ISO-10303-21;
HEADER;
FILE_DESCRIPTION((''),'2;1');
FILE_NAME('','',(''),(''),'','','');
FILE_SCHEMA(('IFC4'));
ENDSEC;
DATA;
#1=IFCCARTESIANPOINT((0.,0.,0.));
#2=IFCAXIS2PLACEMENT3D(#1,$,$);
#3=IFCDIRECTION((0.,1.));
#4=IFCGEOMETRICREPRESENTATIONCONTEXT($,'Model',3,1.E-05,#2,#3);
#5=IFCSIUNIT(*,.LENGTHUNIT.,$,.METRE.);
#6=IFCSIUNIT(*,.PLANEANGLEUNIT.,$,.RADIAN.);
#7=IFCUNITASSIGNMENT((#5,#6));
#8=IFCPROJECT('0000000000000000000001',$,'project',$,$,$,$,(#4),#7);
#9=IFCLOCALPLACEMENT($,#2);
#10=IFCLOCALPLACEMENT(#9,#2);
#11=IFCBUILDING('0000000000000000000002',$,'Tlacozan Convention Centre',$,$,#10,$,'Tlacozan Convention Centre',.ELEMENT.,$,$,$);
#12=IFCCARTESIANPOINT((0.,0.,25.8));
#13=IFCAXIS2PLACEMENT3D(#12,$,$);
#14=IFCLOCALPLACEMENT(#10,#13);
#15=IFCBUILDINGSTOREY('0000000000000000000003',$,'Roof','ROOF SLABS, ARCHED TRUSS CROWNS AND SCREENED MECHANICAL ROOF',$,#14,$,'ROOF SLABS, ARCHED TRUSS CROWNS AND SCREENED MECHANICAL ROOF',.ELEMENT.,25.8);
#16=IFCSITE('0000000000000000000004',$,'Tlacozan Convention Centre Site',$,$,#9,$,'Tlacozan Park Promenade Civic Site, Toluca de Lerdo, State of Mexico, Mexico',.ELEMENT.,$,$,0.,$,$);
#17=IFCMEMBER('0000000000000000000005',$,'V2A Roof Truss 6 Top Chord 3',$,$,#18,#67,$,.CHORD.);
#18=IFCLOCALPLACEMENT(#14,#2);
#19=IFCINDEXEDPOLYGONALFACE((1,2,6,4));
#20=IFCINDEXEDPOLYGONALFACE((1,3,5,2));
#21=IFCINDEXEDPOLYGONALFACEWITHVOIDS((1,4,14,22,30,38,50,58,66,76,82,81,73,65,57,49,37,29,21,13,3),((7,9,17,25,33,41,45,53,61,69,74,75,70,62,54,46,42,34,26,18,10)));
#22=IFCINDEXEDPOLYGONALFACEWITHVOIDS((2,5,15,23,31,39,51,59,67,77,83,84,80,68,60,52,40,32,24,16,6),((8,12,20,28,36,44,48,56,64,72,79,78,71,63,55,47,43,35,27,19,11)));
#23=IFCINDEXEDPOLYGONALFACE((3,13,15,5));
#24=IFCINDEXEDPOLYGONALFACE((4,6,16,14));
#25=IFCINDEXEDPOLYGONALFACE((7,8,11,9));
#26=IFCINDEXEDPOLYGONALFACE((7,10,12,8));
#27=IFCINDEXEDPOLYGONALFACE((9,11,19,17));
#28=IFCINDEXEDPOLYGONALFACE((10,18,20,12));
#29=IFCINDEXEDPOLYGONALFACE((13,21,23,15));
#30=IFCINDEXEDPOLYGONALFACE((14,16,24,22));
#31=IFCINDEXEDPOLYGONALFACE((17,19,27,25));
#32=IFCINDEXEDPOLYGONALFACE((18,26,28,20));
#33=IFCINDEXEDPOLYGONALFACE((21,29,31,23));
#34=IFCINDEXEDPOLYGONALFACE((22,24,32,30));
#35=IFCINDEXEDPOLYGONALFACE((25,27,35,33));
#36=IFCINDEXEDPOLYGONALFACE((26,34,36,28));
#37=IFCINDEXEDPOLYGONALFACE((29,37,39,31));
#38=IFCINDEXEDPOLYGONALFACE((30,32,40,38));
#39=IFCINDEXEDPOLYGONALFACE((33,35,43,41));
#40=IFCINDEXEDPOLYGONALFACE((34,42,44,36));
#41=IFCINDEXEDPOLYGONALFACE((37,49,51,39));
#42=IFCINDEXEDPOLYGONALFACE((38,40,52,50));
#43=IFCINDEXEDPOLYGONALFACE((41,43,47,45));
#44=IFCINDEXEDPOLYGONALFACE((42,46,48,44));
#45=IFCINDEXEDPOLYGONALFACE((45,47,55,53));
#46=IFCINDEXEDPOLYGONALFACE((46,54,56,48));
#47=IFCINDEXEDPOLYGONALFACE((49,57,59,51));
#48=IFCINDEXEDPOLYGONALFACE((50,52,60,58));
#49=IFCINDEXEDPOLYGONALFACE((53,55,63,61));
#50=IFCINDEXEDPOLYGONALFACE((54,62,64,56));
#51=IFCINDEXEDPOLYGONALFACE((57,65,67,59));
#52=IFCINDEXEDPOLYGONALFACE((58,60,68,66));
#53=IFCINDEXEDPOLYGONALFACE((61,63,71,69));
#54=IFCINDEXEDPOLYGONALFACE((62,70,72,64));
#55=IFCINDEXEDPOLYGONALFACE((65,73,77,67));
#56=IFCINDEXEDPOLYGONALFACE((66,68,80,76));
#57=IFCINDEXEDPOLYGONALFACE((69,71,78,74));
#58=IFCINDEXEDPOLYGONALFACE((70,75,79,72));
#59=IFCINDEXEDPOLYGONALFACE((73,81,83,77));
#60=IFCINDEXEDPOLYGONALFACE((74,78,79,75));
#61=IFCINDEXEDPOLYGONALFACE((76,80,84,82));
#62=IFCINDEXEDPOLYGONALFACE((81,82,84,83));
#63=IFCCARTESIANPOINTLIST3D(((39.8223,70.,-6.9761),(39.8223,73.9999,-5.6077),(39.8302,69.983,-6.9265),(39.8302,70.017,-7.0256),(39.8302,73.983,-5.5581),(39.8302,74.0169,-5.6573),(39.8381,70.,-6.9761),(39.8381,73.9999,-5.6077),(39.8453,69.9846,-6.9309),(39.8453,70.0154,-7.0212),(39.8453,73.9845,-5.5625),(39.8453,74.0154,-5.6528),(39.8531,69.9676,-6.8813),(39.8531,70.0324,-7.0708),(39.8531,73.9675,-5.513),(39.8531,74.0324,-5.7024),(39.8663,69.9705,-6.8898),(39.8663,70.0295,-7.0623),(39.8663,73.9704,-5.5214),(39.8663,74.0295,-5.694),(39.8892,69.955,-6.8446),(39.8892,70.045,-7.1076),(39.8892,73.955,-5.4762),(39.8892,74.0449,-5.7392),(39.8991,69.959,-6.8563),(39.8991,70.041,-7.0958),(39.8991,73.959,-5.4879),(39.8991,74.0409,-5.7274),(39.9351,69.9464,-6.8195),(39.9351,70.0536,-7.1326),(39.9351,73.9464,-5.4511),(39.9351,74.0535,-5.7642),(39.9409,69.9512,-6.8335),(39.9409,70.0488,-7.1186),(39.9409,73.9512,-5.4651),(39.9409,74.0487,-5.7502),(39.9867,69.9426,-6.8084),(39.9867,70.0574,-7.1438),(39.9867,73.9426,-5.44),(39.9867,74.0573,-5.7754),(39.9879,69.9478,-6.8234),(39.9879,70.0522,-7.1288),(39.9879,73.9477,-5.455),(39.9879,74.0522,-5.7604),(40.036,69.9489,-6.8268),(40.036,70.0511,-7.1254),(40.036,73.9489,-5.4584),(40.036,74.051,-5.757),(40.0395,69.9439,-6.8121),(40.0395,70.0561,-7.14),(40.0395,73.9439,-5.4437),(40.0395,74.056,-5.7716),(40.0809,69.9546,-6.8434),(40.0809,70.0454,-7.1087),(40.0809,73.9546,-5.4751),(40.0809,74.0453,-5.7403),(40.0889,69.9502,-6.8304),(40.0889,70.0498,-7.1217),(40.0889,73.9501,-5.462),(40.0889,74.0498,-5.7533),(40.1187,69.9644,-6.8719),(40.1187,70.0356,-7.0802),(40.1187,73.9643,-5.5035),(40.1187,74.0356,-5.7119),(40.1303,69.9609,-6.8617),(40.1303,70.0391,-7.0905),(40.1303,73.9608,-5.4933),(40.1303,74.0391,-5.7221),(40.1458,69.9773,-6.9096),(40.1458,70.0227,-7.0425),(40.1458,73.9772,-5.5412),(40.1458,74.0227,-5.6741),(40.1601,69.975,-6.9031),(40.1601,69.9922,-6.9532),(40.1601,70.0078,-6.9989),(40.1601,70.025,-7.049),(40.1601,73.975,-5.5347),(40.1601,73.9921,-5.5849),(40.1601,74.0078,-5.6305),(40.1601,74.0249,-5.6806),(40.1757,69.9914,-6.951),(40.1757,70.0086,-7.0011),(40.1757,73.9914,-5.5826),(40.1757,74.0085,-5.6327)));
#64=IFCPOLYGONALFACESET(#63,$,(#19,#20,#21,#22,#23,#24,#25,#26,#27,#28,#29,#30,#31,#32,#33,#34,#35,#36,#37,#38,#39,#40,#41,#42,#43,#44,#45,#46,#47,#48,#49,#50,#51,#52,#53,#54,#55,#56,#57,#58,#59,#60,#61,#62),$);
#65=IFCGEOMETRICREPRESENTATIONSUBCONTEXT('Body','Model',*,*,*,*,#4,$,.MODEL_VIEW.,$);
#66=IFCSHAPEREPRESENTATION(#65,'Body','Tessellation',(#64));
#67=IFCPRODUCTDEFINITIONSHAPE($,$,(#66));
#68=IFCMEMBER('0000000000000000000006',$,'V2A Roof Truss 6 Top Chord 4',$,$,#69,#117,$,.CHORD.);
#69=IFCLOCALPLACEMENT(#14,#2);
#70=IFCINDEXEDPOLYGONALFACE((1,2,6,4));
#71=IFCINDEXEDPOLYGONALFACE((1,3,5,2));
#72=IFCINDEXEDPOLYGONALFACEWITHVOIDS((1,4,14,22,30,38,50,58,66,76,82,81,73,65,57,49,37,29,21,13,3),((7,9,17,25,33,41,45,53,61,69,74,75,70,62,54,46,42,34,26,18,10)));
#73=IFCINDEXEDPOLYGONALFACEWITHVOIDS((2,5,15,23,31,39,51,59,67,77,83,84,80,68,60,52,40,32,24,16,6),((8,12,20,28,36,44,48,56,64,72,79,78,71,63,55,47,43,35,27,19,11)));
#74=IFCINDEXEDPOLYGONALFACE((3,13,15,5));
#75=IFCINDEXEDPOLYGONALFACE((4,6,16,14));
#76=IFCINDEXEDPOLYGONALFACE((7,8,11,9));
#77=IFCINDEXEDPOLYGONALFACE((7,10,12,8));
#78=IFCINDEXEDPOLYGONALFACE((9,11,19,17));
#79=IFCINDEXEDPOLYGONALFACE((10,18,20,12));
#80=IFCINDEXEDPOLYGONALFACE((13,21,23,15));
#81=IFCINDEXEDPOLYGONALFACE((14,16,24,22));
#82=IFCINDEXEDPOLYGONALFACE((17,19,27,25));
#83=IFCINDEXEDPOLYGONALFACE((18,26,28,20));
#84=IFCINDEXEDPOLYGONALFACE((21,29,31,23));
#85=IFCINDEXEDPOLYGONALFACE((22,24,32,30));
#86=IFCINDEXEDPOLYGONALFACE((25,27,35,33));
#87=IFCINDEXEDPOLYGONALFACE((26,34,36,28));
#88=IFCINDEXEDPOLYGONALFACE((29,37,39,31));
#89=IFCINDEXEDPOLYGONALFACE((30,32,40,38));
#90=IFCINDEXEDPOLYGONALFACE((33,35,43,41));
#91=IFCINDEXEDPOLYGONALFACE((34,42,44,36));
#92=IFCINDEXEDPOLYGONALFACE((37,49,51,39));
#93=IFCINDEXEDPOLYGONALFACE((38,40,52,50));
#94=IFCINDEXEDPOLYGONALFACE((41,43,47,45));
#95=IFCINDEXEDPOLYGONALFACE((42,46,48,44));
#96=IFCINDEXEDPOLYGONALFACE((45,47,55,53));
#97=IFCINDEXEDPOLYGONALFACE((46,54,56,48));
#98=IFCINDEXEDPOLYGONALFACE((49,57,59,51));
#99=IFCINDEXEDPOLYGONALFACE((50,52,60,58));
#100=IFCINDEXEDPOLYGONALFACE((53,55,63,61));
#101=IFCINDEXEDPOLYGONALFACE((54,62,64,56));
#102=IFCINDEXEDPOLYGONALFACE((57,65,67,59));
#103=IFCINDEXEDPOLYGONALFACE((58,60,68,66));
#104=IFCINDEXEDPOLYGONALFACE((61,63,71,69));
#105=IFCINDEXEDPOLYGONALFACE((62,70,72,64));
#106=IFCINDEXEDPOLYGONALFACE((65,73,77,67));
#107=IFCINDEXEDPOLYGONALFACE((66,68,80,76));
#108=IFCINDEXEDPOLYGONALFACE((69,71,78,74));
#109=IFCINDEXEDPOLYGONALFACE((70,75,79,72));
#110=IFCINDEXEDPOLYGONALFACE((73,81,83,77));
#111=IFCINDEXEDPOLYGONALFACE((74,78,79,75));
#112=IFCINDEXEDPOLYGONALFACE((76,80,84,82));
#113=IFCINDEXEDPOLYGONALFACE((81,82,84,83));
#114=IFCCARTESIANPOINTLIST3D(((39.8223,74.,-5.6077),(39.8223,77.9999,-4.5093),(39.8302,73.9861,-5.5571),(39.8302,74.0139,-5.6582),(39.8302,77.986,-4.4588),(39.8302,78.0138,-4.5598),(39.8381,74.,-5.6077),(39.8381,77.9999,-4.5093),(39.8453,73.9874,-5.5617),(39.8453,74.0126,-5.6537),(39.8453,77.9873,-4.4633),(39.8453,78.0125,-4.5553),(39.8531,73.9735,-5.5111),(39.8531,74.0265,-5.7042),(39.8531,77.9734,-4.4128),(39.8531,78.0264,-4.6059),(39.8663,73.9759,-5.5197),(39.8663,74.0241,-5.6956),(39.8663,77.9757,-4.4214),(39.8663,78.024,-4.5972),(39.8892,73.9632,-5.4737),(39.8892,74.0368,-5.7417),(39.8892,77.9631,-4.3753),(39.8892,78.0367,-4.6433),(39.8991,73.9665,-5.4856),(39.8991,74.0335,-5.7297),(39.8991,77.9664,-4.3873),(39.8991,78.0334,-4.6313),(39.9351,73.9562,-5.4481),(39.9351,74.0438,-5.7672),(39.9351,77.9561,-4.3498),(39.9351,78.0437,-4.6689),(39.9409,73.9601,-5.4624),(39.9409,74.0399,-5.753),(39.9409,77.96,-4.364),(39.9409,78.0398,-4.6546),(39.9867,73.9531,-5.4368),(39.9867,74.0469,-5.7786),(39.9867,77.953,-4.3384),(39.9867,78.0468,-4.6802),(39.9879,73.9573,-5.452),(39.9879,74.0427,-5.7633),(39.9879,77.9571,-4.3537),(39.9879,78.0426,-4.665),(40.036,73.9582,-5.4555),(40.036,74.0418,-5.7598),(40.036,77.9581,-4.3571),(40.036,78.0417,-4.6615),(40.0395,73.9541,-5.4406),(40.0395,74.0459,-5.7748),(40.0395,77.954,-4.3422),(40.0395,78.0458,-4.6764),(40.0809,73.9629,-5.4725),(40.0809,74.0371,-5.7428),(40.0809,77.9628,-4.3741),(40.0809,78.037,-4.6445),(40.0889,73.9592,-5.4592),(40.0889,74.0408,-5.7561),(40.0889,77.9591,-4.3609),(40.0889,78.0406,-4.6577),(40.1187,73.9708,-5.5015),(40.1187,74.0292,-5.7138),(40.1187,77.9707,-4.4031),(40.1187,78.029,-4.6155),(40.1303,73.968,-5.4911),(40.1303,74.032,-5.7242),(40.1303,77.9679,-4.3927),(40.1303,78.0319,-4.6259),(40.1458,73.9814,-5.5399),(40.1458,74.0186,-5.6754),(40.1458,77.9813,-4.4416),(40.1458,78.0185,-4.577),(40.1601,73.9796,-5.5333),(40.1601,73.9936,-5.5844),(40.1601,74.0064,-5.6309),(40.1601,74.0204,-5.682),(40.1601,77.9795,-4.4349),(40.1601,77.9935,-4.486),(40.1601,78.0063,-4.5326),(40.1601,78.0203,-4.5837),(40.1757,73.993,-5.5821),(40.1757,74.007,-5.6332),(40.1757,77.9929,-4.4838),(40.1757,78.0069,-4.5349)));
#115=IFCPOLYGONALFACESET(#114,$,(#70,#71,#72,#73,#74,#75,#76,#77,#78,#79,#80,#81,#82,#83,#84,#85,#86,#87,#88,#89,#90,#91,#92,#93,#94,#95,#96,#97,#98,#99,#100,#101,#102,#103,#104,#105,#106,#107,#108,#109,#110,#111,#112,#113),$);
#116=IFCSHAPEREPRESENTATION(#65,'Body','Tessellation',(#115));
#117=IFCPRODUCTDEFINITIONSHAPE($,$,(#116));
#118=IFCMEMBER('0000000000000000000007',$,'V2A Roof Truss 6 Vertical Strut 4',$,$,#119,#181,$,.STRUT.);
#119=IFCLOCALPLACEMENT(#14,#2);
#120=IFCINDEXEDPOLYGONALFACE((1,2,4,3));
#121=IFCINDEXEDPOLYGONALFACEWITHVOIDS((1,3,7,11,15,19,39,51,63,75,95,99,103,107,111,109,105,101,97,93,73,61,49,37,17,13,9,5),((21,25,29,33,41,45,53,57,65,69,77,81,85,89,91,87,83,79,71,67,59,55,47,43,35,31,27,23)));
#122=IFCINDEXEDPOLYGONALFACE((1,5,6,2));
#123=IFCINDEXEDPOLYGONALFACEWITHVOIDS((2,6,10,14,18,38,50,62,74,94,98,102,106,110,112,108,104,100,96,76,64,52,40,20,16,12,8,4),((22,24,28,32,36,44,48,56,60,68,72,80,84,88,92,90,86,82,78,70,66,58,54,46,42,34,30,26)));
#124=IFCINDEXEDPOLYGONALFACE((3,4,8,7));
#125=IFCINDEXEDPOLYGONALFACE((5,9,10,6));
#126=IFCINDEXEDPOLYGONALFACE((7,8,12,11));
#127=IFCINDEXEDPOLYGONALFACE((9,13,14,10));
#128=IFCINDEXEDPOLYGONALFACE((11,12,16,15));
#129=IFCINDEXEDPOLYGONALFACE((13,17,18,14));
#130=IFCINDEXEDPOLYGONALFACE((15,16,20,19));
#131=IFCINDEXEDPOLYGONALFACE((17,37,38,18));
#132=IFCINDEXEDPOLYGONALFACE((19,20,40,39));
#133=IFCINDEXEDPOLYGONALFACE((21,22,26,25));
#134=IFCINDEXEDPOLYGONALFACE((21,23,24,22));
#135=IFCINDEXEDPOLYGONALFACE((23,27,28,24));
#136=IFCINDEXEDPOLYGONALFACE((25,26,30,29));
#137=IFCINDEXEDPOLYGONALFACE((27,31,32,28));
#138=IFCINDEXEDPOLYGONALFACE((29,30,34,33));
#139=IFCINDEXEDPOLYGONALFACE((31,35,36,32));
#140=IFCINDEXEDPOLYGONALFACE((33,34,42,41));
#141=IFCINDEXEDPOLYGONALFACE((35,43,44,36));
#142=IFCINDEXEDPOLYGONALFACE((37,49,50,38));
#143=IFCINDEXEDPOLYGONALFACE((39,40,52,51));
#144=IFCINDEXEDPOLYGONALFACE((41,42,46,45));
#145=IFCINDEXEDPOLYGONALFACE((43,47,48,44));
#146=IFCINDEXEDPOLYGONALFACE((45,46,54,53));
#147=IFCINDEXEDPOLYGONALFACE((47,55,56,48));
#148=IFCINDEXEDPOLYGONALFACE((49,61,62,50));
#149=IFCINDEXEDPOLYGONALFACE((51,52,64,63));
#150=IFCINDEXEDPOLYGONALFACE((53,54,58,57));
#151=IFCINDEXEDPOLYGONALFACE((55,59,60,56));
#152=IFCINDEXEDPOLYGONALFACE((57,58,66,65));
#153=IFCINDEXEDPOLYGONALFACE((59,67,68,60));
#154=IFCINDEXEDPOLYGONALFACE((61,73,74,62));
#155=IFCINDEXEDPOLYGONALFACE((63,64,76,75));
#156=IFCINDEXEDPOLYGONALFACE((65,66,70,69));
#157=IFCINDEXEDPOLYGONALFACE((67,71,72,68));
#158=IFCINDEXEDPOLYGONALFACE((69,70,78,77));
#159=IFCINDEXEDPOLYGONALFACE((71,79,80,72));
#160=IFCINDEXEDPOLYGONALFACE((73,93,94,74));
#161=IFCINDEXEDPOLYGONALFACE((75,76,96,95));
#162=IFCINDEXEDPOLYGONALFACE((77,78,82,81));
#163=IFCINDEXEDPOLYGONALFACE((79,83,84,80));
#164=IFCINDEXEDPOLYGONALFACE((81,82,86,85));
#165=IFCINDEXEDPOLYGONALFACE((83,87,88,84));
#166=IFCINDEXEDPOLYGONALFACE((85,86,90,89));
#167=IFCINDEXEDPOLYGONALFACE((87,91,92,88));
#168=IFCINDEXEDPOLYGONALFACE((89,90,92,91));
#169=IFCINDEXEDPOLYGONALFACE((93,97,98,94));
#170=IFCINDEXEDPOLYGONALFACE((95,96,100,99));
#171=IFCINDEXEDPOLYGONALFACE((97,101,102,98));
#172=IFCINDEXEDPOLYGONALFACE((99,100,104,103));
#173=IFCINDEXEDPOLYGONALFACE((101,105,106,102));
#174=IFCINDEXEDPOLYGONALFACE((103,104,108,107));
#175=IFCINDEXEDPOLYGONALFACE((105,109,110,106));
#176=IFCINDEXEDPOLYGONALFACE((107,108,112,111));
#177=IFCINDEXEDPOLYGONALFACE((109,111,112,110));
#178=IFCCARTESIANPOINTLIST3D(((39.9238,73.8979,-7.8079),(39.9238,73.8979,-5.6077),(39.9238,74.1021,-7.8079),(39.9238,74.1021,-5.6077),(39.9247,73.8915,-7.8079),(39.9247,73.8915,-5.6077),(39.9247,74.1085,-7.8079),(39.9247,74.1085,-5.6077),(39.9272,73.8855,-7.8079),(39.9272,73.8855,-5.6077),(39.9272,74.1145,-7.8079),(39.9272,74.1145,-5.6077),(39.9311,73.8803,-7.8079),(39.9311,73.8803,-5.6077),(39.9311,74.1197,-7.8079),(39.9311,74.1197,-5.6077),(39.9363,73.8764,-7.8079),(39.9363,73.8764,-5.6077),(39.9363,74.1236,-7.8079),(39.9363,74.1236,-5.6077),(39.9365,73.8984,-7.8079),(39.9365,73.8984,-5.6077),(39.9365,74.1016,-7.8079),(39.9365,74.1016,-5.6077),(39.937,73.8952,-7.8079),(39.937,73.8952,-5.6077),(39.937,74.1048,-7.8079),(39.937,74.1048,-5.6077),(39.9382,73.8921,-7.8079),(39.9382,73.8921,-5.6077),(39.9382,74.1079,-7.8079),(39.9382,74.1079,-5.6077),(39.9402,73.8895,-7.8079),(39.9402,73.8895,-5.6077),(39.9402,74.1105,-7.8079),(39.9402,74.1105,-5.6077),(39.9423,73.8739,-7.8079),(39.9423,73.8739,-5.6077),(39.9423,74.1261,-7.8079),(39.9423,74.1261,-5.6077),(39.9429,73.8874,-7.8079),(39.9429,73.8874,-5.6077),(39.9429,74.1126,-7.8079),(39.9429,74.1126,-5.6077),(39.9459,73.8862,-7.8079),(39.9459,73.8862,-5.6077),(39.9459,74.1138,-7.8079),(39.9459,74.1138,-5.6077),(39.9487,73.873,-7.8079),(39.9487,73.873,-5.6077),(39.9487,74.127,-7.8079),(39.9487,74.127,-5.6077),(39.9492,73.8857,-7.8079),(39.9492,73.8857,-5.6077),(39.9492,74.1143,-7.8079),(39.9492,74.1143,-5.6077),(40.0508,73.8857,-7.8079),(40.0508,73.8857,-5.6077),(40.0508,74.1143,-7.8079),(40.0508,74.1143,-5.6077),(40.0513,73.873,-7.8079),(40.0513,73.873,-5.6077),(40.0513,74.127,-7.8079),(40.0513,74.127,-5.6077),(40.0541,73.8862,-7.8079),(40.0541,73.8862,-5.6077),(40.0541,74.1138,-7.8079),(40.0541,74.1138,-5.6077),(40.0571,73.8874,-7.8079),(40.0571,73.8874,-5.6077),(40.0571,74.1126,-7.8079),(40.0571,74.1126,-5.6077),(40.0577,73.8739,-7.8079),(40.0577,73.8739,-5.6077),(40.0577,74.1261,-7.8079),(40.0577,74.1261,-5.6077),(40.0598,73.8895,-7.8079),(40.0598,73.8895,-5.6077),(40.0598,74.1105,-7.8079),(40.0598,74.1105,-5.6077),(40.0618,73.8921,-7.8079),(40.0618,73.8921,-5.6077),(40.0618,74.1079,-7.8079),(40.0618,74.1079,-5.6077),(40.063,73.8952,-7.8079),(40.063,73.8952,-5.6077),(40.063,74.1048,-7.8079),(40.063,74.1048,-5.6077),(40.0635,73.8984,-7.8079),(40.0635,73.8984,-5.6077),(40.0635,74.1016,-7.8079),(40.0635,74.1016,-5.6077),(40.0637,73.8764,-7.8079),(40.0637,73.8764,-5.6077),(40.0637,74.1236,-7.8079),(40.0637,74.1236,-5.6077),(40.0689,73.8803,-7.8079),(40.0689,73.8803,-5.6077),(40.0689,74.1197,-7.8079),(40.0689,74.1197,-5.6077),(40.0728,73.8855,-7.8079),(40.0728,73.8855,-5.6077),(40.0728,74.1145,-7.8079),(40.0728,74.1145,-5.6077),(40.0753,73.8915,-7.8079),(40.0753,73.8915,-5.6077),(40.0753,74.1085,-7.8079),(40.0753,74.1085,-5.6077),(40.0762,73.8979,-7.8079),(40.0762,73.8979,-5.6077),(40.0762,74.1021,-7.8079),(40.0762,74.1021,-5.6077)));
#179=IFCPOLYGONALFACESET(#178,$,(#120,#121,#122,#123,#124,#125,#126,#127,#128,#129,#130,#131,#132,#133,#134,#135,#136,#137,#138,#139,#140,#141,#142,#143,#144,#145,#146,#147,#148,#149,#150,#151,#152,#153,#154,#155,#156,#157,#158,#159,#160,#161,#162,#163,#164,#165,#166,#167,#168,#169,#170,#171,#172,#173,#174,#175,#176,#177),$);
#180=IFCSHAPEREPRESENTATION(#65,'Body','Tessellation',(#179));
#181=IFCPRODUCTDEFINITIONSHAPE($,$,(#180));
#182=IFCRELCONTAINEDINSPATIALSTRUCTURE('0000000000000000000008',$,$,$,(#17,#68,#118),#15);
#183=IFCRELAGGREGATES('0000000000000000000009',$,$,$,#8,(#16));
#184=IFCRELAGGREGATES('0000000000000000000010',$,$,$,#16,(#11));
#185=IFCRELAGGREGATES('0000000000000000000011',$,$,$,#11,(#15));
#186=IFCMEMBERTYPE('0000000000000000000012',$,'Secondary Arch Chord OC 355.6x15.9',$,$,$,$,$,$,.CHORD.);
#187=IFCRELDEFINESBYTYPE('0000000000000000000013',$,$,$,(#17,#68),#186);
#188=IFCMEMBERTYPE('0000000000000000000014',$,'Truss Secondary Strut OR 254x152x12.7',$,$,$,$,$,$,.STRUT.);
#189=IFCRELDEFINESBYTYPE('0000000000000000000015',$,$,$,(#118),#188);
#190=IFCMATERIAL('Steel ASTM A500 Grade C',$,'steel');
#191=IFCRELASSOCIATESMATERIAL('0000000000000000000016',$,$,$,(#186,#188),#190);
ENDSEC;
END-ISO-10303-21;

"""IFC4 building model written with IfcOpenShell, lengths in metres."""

from ifc_helpers import new_model, si_unit, direction, frame, origin, origin_2d, place, context, subcontext, project, spatial, hollow_rectangle, hollow_circle, extrude, material, material_profile, profile_set, type_object, element, save


model = new_model("IFC4")

# Units and contexts
model_context = context("Model", 3, precision=1e-05, world=origin(), true_north=direction((0.0, 1.0)))
body_context = subcontext(model_context, "Body", "Model", "MODEL_VIEW")
ifc_project = project(units=[si_unit("LENGTHUNIT", "METRE"), si_unit("PLANEANGLEUNIT", "RADIAN")], contexts=[model_context])

# Site, building, storey
site_placement = place(None, origin())
site = spatial("IfcSite", under=ifc_project, at=site_placement, Name="Tlacozan Convention Centre Site", LongName="Tlacozan Park Promenade Civic Site, Toluca de Lerdo, State of Mexico, Mexico", CompositionType="ELEMENT", RefElevation=0.0)
building_placement = place(site_placement, origin())
building = spatial("IfcBuilding", under=site, at=building_placement, Name="Tlacozan Convention Centre", LongName="Tlacozan Convention Centre", CompositionType="ELEMENT")
storey_placement = place(building_placement, frame((0.0, 0.0, 25.8)))
storey = spatial("IfcBuildingStorey", under=building, at=storey_placement, Name="Roof", Description="ROOF SLABS, ARCHED TRUSS CROWNS AND SCREENED MECHANICAL ROOF", LongName="ROOF SLABS, ARCHED TRUSS CROWNS AND SCREENED MECHANICAL ROOF", CompositionType="ELEMENT", Elevation=25.8)

# Members
ifc_material_1 = material(Name="Steel ASTM A500 Grade C", Category="steel")
ifc_material_profile_1 = material_profile(ifc_material_1, hollow_circle(Radius=0.1777, WallThickness=0.0159, at=origin_2d()), Name="OC 355.6x15.9")
ifc_profile_set_1 = profile_set([ifc_material_profile_1], Name="Steel ASTM A500 Grade C")
member_type_1 = type_object("IfcMemberType", Name="Secondary Arch Chord OC 355.6x15.9", PredefinedType="CHORD", material=ifc_profile_set_1)
member_1_placement = place(storey_placement, frame((40.0, 70.0, -6.9761), z_axis=(0.0, 0.946165, 0.323685), x_axis=(-1.0, 0.0, 0.0)))
element("IfcMember", 1, at=member_1_placement, inside=storey, type_object=member_type_1, Name="V2A Roof Truss 6 Top Chord 3", PredefinedType="CHORD", context=body_context, shape_type="SweptSolid", body=[
    extrude(hollow_circle(Radius=0.1777, WallThickness=0.0159, at=origin_2d()), origin(), (0.0, 0.0, 1.0), 4.2275),
])
member_2_placement = place(storey_placement, frame((40.0, 74.0, -5.6077), z_axis=(0.0, 0.964305, 0.264795), x_axis=(-1.0, 0.0, 0.0)))
element("IfcMember", 2, at=member_2_placement, inside=storey, type_object=member_type_1, Name="V2A Roof Truss 6 Top Chord 4", PredefinedType="CHORD", context=body_context, shape_type="SweptSolid", body=[
    extrude(hollow_circle(Radius=0.1777, WallThickness=0.0159, at=origin_2d()), origin(), (0.0, 0.0, 1.0), 4.1479),
])
ifc_material_profile_2 = material_profile(ifc_material_1, hollow_rectangle(XDim=0.1523, YDim=0.2539, WallThickness=0.0127, InnerFilletRadius=0.0127, OuterFilletRadius=0.0249, at=origin_2d()), Name="OR 254x152x12.7")
ifc_profile_set_2 = profile_set([ifc_material_profile_2], Name="Steel ASTM A500 Grade C")
member_type_2 = type_object("IfcMemberType", Name="Truss Secondary Strut OR 254x152x12.7", PredefinedType="STRUT", material=ifc_profile_set_2)
member_3_placement = place(storey_placement, frame((40.0, 74.0, -7.8079), z_axis=(0.0, 0.0, 1.0), x_axis=(1.0, 0.0, 0.0)))
element("IfcMember", 3, at=member_3_placement, inside=storey, type_object=member_type_2, Name="V2A Roof Truss 6 Vertical Strut 4", PredefinedType="STRUT", context=body_context, shape_type="SweptSolid", body=[
    extrude(hollow_rectangle(XDim=0.1523, YDim=0.2539, WallThickness=0.0127, InnerFilletRadius=0.0127, OuterFilletRadius=0.0249, at=origin_2d()), origin(), (0.0, 0.0, 1.0), 2.2002),
])

save(model, "model.ifc")
